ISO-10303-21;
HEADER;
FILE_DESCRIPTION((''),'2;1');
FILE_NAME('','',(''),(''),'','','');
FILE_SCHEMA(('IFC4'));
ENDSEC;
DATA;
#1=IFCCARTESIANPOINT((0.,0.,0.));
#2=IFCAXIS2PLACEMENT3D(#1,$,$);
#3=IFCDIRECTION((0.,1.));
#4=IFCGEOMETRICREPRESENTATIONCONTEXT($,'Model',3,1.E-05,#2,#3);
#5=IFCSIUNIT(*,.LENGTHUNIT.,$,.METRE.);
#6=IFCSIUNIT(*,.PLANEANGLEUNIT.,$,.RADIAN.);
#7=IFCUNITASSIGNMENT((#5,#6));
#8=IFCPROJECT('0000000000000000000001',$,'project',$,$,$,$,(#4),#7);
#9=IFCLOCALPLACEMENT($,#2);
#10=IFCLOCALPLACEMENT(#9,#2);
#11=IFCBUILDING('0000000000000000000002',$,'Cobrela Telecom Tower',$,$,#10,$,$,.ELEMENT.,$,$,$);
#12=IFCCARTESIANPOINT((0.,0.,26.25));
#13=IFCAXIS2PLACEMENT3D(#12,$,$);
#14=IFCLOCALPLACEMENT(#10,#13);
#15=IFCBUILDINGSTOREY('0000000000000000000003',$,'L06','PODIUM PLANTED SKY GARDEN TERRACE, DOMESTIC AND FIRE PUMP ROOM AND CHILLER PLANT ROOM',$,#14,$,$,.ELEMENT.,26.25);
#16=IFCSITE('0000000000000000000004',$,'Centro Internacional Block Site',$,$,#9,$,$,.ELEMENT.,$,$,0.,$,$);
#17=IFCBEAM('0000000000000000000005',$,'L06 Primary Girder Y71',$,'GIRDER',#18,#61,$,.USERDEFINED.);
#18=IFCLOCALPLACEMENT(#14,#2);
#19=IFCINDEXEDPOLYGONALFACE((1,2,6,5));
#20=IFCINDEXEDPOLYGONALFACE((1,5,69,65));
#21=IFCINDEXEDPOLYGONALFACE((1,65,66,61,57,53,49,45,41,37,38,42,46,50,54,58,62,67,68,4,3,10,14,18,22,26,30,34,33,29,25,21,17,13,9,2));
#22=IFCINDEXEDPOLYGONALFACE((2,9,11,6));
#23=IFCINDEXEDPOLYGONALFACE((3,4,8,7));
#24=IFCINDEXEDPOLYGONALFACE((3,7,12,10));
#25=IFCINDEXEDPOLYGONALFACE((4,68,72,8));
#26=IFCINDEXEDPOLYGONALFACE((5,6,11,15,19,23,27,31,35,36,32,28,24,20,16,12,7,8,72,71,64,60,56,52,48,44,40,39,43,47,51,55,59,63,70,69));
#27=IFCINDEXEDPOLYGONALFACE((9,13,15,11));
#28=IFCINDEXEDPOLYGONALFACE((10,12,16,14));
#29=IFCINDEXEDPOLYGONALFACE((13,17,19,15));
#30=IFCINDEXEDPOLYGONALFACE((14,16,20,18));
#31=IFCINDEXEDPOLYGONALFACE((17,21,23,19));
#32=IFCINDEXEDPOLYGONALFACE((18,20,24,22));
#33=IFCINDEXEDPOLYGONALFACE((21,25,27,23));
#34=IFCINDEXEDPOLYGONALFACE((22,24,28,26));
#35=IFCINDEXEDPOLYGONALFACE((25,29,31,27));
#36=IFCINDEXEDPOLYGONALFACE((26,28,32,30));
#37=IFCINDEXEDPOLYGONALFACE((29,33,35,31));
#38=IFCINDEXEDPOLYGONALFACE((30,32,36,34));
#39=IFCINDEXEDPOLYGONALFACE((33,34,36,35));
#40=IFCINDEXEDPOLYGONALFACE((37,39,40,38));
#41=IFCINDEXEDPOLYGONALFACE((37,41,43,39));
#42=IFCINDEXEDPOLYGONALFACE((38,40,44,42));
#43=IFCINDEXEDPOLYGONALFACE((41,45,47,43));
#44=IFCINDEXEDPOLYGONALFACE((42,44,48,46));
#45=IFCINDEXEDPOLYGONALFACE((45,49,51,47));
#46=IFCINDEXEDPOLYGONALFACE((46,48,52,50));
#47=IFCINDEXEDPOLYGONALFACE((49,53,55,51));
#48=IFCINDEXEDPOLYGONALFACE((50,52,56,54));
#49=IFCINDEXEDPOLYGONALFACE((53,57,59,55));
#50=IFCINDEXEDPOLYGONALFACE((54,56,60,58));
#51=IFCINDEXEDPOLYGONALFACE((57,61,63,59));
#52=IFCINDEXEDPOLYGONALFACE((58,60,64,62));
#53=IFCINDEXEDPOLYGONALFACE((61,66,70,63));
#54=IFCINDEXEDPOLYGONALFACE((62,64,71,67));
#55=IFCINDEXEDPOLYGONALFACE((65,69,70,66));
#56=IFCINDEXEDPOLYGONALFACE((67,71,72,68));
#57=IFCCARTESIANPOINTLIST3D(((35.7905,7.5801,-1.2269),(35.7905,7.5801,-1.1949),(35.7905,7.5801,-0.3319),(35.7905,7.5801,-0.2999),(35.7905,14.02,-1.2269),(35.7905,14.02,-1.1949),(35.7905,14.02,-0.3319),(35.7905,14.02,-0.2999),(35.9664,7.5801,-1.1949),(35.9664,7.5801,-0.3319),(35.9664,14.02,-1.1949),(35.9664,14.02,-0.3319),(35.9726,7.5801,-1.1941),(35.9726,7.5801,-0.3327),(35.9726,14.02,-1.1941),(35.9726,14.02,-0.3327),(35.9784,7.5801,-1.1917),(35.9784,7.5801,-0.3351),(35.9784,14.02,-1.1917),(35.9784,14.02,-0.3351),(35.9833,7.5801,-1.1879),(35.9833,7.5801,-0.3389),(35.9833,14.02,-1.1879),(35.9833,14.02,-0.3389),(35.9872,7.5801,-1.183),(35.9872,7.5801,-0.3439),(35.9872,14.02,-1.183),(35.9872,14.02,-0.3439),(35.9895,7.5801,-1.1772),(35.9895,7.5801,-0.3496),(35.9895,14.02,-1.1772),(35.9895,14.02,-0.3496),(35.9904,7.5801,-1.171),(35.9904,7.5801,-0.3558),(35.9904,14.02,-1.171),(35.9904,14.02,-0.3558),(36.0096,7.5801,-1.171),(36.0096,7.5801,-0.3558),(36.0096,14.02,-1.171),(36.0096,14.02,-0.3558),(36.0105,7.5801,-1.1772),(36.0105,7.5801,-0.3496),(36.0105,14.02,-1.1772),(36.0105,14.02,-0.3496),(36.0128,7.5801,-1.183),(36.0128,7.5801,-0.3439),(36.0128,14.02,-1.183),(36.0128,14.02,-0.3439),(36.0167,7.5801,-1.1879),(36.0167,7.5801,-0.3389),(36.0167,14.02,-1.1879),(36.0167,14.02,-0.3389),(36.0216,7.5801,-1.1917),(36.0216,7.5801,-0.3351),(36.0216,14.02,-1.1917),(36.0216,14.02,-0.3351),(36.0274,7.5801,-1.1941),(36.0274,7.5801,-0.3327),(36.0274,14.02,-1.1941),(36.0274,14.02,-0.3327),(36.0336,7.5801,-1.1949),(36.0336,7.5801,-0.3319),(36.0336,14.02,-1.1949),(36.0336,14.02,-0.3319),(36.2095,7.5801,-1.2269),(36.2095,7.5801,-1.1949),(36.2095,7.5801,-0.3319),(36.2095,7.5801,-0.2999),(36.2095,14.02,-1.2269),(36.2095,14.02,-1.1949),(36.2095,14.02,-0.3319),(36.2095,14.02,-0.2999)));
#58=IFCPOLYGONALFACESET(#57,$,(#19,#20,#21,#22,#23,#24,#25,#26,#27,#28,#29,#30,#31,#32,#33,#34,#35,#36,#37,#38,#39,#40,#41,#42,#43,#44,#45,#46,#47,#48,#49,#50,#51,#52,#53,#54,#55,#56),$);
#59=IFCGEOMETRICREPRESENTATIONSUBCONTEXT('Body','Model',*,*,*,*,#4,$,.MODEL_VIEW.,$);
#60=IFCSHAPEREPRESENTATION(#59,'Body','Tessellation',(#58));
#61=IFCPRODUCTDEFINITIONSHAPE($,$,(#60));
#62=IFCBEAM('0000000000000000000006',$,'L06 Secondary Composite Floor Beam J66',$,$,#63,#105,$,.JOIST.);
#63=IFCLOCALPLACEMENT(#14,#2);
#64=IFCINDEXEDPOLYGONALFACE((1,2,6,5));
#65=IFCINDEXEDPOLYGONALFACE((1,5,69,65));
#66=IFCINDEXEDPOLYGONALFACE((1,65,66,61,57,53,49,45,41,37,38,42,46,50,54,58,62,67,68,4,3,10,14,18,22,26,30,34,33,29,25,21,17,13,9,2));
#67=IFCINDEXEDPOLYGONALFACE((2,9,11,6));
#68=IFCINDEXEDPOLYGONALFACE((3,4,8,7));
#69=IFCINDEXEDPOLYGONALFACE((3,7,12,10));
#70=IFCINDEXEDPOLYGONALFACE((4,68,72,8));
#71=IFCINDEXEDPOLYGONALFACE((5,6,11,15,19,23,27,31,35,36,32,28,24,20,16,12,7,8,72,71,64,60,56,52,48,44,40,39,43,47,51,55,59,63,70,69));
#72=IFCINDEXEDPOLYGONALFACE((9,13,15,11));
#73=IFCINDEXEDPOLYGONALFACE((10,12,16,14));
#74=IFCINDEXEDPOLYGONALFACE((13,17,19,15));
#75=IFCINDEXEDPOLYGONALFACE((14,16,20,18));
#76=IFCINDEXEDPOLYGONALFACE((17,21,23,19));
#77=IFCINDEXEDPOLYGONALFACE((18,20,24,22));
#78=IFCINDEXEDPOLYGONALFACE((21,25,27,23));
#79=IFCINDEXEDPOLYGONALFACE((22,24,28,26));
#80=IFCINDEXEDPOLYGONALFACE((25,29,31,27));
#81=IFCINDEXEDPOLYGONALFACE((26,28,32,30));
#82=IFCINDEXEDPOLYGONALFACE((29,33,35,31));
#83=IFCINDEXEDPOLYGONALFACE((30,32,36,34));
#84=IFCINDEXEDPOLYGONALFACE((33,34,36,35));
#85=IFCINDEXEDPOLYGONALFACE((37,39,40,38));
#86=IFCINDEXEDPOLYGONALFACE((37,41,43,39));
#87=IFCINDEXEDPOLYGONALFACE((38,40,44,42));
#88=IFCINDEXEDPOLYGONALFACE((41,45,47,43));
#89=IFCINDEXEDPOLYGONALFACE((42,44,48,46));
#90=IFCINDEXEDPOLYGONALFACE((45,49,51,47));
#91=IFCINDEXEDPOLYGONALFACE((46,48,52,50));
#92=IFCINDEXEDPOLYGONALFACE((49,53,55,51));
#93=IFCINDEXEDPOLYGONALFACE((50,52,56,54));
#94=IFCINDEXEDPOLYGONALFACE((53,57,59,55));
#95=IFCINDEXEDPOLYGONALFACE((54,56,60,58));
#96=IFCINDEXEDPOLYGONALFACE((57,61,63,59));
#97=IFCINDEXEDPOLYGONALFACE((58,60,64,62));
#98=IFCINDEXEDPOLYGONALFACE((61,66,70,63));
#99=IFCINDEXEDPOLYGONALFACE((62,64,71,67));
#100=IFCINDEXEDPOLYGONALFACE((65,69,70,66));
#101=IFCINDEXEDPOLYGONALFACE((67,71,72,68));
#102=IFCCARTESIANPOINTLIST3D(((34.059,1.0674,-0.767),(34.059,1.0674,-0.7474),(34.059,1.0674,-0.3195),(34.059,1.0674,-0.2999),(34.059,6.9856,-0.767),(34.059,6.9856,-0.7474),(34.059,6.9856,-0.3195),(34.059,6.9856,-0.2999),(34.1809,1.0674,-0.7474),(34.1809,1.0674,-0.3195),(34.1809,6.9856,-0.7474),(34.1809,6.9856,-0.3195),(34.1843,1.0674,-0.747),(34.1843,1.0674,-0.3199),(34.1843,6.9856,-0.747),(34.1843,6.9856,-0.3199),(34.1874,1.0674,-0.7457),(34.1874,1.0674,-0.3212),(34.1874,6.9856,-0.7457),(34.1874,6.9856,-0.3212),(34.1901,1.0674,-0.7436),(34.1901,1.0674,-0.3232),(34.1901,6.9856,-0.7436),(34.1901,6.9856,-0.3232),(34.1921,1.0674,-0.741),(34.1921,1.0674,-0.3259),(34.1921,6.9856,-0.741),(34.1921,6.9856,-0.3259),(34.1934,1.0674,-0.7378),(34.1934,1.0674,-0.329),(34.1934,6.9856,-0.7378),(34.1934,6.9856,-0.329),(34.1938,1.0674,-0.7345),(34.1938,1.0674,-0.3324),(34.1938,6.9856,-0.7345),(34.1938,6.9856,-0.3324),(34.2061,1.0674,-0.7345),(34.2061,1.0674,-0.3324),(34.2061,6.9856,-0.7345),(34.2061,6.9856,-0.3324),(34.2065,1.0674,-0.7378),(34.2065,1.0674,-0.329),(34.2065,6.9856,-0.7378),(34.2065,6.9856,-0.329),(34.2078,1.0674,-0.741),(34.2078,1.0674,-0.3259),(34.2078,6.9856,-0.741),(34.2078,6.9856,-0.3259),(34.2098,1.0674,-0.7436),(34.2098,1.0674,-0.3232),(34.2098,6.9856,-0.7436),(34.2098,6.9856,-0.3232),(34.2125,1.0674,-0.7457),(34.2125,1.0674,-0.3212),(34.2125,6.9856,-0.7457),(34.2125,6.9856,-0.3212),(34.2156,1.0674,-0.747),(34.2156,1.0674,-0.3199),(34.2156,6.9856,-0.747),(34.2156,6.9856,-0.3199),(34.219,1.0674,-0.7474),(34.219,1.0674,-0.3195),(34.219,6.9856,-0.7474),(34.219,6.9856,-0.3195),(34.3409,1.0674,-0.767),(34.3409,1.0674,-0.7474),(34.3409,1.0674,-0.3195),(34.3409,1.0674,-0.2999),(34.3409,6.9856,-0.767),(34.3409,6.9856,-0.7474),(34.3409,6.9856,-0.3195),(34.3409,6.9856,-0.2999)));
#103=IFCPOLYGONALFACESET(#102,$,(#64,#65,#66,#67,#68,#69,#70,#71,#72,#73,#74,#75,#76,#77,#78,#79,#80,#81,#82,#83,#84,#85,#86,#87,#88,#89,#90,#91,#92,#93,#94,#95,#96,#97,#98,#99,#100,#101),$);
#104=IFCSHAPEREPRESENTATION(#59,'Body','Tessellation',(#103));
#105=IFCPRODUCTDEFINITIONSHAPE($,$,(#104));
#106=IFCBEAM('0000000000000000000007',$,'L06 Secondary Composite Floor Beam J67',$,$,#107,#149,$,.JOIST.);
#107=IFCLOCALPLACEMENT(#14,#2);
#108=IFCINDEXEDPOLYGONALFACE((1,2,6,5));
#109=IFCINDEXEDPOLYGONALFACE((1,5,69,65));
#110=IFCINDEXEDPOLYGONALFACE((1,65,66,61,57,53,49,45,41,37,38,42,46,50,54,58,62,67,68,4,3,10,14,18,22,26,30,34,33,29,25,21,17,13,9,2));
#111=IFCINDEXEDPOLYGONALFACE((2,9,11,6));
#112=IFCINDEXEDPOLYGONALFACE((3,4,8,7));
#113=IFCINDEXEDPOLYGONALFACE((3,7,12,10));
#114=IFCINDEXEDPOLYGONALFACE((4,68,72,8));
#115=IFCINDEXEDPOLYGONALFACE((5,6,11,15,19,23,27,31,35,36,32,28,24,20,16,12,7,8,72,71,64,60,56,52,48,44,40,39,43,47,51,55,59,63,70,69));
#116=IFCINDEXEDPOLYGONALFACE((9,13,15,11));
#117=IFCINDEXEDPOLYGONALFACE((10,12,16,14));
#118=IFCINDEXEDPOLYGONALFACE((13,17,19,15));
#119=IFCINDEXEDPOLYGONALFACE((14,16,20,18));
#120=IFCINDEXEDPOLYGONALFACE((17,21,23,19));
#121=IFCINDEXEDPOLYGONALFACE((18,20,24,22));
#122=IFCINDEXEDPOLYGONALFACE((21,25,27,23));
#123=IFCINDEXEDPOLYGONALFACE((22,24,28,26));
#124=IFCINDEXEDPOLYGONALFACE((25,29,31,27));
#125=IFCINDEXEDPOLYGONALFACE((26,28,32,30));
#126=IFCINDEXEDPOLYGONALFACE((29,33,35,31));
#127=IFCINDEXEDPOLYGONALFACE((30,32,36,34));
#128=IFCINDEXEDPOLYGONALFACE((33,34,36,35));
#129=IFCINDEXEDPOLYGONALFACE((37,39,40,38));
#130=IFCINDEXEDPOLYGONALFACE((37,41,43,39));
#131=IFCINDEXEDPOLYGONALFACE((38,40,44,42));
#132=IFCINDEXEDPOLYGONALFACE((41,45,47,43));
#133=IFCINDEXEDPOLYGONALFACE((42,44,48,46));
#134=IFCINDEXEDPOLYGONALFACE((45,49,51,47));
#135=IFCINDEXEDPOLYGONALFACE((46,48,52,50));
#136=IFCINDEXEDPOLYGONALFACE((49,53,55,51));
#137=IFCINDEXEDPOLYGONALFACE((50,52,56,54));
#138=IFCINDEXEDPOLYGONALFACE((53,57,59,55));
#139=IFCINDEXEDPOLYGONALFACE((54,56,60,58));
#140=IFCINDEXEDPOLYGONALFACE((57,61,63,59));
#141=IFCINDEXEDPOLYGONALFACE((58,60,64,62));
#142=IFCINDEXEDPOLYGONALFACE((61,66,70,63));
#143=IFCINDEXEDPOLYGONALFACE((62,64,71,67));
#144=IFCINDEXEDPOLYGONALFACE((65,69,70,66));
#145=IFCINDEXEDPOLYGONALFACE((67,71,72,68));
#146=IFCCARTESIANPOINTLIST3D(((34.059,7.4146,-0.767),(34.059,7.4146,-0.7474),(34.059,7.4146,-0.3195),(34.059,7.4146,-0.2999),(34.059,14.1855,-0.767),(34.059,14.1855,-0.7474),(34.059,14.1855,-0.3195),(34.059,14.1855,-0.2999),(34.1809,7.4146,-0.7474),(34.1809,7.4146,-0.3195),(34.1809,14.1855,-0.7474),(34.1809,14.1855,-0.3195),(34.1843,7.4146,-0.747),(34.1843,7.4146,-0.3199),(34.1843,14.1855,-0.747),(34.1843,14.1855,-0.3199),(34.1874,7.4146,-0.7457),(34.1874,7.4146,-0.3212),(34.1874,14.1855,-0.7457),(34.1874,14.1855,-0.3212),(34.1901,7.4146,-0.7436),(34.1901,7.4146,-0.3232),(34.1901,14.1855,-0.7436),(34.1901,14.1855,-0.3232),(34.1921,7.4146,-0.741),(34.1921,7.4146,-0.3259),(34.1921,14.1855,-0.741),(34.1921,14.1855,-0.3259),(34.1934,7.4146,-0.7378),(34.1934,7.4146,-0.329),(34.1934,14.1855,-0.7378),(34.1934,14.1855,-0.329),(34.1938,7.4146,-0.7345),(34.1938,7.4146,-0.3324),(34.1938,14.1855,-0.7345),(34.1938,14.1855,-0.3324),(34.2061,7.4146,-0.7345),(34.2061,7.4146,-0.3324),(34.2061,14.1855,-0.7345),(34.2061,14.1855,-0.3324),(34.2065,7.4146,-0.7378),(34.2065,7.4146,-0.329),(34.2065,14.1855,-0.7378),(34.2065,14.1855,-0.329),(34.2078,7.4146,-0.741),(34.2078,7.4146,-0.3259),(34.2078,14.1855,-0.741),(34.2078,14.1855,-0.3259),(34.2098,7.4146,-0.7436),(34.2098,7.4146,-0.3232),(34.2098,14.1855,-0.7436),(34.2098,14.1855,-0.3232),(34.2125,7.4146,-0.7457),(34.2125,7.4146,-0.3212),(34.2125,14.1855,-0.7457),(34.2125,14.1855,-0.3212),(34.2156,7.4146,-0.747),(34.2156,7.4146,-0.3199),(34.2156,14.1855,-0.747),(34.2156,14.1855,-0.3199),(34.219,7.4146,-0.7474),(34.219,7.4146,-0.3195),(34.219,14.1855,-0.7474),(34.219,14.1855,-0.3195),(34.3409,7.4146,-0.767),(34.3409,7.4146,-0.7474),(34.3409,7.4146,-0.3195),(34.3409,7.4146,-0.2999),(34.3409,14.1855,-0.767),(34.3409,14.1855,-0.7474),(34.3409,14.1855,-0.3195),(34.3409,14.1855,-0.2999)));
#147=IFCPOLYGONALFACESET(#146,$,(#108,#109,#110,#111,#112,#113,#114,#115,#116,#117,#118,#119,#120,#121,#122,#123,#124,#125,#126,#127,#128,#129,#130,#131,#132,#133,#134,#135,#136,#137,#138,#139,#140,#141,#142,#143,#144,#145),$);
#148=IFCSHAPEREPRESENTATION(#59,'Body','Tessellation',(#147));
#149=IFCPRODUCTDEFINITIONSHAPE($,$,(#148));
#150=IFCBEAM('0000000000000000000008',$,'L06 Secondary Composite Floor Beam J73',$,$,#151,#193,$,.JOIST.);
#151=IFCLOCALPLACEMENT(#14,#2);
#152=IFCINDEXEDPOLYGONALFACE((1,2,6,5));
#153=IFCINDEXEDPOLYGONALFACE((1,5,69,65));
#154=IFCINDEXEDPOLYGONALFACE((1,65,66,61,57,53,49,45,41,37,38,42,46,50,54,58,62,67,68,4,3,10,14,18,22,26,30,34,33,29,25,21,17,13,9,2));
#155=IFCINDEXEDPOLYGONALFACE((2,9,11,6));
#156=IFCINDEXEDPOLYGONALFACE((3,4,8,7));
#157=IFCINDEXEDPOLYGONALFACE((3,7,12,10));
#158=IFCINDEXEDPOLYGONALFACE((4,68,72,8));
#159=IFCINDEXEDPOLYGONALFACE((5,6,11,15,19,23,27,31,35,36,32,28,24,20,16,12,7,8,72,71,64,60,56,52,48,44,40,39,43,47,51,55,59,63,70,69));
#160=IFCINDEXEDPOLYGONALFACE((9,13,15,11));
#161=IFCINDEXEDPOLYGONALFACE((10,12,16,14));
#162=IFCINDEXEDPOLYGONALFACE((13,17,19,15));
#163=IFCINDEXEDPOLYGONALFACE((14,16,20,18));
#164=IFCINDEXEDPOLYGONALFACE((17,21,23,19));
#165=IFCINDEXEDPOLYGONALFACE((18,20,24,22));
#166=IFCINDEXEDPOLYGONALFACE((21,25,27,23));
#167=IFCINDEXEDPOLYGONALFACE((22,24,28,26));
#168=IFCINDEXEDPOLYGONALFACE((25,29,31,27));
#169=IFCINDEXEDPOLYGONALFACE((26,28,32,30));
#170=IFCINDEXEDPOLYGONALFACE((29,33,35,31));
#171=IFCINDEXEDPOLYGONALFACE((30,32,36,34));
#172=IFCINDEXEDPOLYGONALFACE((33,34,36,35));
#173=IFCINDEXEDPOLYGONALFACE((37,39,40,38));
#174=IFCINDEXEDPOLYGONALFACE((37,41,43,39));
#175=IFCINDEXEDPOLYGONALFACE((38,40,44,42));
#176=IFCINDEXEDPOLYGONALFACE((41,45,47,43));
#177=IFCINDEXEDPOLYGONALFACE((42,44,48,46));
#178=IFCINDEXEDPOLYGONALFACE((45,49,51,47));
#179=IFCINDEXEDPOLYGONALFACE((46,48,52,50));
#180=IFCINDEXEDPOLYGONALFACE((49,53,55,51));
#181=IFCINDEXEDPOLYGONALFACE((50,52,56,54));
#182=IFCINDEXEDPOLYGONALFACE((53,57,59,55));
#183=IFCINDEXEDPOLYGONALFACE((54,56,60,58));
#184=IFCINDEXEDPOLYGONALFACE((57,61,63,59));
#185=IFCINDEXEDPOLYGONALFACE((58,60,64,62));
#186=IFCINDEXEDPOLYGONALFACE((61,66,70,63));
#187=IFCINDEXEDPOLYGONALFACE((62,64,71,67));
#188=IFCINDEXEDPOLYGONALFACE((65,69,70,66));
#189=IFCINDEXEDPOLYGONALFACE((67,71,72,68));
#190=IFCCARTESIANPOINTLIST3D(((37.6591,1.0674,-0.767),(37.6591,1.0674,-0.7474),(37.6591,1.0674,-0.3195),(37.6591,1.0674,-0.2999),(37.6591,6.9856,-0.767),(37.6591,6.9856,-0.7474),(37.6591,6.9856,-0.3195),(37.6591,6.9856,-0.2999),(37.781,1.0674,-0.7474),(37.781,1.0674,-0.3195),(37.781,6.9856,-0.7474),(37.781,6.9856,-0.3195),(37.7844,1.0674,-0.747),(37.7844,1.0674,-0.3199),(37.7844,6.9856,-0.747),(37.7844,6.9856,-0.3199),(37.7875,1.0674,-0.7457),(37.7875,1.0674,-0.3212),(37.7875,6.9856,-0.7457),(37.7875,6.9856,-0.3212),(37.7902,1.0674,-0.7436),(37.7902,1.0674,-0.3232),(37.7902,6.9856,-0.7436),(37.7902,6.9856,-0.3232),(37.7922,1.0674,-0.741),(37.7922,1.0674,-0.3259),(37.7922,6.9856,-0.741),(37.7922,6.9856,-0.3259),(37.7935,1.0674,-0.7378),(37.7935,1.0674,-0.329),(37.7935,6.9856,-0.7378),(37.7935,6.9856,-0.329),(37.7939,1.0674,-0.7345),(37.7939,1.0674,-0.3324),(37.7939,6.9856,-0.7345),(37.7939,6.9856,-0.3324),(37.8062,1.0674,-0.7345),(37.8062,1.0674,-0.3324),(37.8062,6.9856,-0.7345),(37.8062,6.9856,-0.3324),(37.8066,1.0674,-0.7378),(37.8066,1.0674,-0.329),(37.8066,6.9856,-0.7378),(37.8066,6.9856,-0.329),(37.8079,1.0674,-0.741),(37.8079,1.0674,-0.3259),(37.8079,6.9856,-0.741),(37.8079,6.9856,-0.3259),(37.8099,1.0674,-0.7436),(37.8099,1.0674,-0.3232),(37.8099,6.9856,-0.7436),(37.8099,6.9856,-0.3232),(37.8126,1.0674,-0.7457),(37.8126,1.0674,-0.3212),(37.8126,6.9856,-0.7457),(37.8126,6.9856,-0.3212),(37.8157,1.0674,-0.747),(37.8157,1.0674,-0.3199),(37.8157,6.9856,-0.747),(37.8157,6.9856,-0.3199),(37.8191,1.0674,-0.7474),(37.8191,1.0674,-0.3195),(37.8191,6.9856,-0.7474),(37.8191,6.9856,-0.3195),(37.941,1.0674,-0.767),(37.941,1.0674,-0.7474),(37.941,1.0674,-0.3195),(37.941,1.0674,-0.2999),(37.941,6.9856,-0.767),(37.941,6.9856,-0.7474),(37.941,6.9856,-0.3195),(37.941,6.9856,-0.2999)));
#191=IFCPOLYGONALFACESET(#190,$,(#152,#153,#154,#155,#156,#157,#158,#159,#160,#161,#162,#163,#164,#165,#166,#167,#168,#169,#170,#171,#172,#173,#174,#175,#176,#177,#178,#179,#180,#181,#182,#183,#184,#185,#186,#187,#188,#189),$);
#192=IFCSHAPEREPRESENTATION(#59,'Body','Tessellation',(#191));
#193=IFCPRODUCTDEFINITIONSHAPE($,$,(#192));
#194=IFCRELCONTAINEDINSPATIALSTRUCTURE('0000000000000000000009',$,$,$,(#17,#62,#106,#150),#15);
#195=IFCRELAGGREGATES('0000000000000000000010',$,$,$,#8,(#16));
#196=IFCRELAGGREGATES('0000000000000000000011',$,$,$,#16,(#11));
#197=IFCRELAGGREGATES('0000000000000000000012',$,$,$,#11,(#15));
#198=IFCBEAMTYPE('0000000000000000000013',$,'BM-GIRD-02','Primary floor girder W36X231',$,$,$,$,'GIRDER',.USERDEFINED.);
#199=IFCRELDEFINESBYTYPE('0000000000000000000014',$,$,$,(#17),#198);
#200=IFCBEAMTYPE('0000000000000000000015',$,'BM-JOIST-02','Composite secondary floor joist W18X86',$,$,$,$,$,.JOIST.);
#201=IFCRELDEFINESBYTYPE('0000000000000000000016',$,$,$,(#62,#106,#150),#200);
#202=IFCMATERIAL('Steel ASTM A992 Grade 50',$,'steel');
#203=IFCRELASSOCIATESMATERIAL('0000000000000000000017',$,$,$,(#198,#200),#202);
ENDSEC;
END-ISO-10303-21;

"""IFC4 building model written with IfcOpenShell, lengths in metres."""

from ifc_helpers import new_model, si_unit, direction, frame, origin, origin_2d, place, context, subcontext, project, spatial, i_section, extrude, material, material_profile, profile_set, type_object, element, save


model = new_model("IFC4")

# Units and contexts
model_context = context("Model", 3, precision=1e-05, world=origin(), true_north=direction((0.0, 1.0)))
body_context = subcontext(model_context, "Body", "Model", "MODEL_VIEW")
ifc_project = project(units=[si_unit("LENGTHUNIT", "METRE"), si_unit("PLANEANGLEUNIT", "RADIAN")], contexts=[model_context])

# Site, building, storey
site_placement = place(None, origin())
site = spatial("IfcSite", under=ifc_project, at=site_placement, Name="Centro Internacional Block Site", CompositionType="ELEMENT", RefElevation=0.0)
building_placement = place(site_placement, origin())
building = spatial("IfcBuilding", under=site, at=building_placement, Name="Cobrela Telecom Tower", CompositionType="ELEMENT")
storey_placement = place(building_placement, frame((0.0, 0.0, 26.25)))
storey = spatial("IfcBuildingStorey", under=building, at=storey_placement, Name="L06", Description="PODIUM PLANTED SKY GARDEN TERRACE, DOMESTIC AND FIRE PUMP ROOM AND CHILLER PLANT ROOM", CompositionType="ELEMENT", Elevation=26.25)

# Beams
ifc_material_1 = material(Name="Steel ASTM A992 Grade 50", Category="steel")
ifc_material_profile_1 = material_profile(ifc_material_1, i_section(OverallWidth=0.4189, OverallDepth=0.927, WebThickness=0.0193, FlangeThickness=0.032, FilletRadius=0.0239, at=origin_2d()), Name="W36X231")
ifc_profile_set_1 = profile_set([ifc_material_profile_1], Name="Steel ASTM A992 Grade 50")
beam_type_1 = type_object("IfcBeamType", Name="BM-GIRD-02", Description="Primary floor girder W36X231", ElementType="GIRDER", PredefinedType="USERDEFINED", material=ifc_profile_set_1)
beam_1_placement = place(storey_placement, frame((36.0, 7.5801, -0.7634), z_axis=(0.0, 1.0, 0.0), x_axis=(-1.0, 0.0, 0.0)))
element("IfcBeam", 1, at=beam_1_placement, inside=storey, type_object=beam_type_1, Name="L06 Primary Girder Y71", ObjectType="GIRDER", PredefinedType="USERDEFINED", context=body_context, shape_type="SweptSolid", body=[
    extrude(i_section(OverallWidth=0.4189, OverallDepth=0.927, WebThickness=0.0193, FlangeThickness=0.032, FilletRadius=0.0239, at=origin_2d()), origin(), (0.0, 0.0, 1.0), 6.4399),
])
ifc_material_profile_2 = material_profile(ifc_material_1, i_section(OverallWidth=0.282, OverallDepth=0.467, WebThickness=0.0122, FlangeThickness=0.0195, FilletRadius=0.0129, at=origin_2d()), Name="W18X86")
ifc_profile_set_2 = profile_set([ifc_material_profile_2], Name="Steel ASTM A992 Grade 50")
beam_type_2 = type_object("IfcBeamType", Name="BM-JOIST-02", Description="Composite secondary floor joist W18X86", PredefinedType="JOIST", material=ifc_profile_set_2)
beam_2_placement = place(storey_placement, frame((34.2, 1.0674, -0.5334), z_axis=(0.0, 1.0, 0.0), x_axis=(-1.0, 0.0, 0.0)))
element("IfcBeam", 2, at=beam_2_placement, inside=storey, type_object=beam_type_2, Name="L06 Secondary Composite Floor Beam J66", PredefinedType="JOIST", context=body_context, shape_type="SweptSolid", body=[
    extrude(i_section(OverallWidth=0.282, OverallDepth=0.467, WebThickness=0.0122, FlangeThickness=0.0195, FilletRadius=0.0129, at=origin_2d()), origin(), (0.0, 0.0, 1.0), 5.9182),
])
beam_3_placement = place(storey_placement, frame((34.2, 7.4146, -0.5334), z_axis=(0.0, 1.0, 0.0), x_axis=(-1.0, 0.0, 0.0)))
element("IfcBeam", 3, at=beam_3_placement, inside=storey, type_object=beam_type_2, Name="L06 Secondary Composite Floor Beam J67", PredefinedType="JOIST", context=body_context, shape_type="SweptSolid", body=[
    extrude(i_section(OverallWidth=0.282, OverallDepth=0.467, WebThickness=0.0122, FlangeThickness=0.0195, FilletRadius=0.0129, at=origin_2d()), origin(), (0.0, 0.0, 1.0), 6.771),
])
beam_4_placement = place(storey_placement, frame((37.8, 1.0674, -0.5334), z_axis=(0.0, 1.0, 0.0), x_axis=(-1.0, 0.0, 0.0)))
element("IfcBeam", 4, at=beam_4_placement, inside=storey, type_object=beam_type_2, Name="L06 Secondary Composite Floor Beam J73", PredefinedType="JOIST", context=body_context, shape_type="SweptSolid", body=[
    extrude(i_section(OverallWidth=0.282, OverallDepth=0.467, WebThickness=0.0122, FlangeThickness=0.0195, FilletRadius=0.0129, at=origin_2d()), origin(), (0.0, 0.0, 1.0), 5.9182),
])

save(model, "model.ifc")
